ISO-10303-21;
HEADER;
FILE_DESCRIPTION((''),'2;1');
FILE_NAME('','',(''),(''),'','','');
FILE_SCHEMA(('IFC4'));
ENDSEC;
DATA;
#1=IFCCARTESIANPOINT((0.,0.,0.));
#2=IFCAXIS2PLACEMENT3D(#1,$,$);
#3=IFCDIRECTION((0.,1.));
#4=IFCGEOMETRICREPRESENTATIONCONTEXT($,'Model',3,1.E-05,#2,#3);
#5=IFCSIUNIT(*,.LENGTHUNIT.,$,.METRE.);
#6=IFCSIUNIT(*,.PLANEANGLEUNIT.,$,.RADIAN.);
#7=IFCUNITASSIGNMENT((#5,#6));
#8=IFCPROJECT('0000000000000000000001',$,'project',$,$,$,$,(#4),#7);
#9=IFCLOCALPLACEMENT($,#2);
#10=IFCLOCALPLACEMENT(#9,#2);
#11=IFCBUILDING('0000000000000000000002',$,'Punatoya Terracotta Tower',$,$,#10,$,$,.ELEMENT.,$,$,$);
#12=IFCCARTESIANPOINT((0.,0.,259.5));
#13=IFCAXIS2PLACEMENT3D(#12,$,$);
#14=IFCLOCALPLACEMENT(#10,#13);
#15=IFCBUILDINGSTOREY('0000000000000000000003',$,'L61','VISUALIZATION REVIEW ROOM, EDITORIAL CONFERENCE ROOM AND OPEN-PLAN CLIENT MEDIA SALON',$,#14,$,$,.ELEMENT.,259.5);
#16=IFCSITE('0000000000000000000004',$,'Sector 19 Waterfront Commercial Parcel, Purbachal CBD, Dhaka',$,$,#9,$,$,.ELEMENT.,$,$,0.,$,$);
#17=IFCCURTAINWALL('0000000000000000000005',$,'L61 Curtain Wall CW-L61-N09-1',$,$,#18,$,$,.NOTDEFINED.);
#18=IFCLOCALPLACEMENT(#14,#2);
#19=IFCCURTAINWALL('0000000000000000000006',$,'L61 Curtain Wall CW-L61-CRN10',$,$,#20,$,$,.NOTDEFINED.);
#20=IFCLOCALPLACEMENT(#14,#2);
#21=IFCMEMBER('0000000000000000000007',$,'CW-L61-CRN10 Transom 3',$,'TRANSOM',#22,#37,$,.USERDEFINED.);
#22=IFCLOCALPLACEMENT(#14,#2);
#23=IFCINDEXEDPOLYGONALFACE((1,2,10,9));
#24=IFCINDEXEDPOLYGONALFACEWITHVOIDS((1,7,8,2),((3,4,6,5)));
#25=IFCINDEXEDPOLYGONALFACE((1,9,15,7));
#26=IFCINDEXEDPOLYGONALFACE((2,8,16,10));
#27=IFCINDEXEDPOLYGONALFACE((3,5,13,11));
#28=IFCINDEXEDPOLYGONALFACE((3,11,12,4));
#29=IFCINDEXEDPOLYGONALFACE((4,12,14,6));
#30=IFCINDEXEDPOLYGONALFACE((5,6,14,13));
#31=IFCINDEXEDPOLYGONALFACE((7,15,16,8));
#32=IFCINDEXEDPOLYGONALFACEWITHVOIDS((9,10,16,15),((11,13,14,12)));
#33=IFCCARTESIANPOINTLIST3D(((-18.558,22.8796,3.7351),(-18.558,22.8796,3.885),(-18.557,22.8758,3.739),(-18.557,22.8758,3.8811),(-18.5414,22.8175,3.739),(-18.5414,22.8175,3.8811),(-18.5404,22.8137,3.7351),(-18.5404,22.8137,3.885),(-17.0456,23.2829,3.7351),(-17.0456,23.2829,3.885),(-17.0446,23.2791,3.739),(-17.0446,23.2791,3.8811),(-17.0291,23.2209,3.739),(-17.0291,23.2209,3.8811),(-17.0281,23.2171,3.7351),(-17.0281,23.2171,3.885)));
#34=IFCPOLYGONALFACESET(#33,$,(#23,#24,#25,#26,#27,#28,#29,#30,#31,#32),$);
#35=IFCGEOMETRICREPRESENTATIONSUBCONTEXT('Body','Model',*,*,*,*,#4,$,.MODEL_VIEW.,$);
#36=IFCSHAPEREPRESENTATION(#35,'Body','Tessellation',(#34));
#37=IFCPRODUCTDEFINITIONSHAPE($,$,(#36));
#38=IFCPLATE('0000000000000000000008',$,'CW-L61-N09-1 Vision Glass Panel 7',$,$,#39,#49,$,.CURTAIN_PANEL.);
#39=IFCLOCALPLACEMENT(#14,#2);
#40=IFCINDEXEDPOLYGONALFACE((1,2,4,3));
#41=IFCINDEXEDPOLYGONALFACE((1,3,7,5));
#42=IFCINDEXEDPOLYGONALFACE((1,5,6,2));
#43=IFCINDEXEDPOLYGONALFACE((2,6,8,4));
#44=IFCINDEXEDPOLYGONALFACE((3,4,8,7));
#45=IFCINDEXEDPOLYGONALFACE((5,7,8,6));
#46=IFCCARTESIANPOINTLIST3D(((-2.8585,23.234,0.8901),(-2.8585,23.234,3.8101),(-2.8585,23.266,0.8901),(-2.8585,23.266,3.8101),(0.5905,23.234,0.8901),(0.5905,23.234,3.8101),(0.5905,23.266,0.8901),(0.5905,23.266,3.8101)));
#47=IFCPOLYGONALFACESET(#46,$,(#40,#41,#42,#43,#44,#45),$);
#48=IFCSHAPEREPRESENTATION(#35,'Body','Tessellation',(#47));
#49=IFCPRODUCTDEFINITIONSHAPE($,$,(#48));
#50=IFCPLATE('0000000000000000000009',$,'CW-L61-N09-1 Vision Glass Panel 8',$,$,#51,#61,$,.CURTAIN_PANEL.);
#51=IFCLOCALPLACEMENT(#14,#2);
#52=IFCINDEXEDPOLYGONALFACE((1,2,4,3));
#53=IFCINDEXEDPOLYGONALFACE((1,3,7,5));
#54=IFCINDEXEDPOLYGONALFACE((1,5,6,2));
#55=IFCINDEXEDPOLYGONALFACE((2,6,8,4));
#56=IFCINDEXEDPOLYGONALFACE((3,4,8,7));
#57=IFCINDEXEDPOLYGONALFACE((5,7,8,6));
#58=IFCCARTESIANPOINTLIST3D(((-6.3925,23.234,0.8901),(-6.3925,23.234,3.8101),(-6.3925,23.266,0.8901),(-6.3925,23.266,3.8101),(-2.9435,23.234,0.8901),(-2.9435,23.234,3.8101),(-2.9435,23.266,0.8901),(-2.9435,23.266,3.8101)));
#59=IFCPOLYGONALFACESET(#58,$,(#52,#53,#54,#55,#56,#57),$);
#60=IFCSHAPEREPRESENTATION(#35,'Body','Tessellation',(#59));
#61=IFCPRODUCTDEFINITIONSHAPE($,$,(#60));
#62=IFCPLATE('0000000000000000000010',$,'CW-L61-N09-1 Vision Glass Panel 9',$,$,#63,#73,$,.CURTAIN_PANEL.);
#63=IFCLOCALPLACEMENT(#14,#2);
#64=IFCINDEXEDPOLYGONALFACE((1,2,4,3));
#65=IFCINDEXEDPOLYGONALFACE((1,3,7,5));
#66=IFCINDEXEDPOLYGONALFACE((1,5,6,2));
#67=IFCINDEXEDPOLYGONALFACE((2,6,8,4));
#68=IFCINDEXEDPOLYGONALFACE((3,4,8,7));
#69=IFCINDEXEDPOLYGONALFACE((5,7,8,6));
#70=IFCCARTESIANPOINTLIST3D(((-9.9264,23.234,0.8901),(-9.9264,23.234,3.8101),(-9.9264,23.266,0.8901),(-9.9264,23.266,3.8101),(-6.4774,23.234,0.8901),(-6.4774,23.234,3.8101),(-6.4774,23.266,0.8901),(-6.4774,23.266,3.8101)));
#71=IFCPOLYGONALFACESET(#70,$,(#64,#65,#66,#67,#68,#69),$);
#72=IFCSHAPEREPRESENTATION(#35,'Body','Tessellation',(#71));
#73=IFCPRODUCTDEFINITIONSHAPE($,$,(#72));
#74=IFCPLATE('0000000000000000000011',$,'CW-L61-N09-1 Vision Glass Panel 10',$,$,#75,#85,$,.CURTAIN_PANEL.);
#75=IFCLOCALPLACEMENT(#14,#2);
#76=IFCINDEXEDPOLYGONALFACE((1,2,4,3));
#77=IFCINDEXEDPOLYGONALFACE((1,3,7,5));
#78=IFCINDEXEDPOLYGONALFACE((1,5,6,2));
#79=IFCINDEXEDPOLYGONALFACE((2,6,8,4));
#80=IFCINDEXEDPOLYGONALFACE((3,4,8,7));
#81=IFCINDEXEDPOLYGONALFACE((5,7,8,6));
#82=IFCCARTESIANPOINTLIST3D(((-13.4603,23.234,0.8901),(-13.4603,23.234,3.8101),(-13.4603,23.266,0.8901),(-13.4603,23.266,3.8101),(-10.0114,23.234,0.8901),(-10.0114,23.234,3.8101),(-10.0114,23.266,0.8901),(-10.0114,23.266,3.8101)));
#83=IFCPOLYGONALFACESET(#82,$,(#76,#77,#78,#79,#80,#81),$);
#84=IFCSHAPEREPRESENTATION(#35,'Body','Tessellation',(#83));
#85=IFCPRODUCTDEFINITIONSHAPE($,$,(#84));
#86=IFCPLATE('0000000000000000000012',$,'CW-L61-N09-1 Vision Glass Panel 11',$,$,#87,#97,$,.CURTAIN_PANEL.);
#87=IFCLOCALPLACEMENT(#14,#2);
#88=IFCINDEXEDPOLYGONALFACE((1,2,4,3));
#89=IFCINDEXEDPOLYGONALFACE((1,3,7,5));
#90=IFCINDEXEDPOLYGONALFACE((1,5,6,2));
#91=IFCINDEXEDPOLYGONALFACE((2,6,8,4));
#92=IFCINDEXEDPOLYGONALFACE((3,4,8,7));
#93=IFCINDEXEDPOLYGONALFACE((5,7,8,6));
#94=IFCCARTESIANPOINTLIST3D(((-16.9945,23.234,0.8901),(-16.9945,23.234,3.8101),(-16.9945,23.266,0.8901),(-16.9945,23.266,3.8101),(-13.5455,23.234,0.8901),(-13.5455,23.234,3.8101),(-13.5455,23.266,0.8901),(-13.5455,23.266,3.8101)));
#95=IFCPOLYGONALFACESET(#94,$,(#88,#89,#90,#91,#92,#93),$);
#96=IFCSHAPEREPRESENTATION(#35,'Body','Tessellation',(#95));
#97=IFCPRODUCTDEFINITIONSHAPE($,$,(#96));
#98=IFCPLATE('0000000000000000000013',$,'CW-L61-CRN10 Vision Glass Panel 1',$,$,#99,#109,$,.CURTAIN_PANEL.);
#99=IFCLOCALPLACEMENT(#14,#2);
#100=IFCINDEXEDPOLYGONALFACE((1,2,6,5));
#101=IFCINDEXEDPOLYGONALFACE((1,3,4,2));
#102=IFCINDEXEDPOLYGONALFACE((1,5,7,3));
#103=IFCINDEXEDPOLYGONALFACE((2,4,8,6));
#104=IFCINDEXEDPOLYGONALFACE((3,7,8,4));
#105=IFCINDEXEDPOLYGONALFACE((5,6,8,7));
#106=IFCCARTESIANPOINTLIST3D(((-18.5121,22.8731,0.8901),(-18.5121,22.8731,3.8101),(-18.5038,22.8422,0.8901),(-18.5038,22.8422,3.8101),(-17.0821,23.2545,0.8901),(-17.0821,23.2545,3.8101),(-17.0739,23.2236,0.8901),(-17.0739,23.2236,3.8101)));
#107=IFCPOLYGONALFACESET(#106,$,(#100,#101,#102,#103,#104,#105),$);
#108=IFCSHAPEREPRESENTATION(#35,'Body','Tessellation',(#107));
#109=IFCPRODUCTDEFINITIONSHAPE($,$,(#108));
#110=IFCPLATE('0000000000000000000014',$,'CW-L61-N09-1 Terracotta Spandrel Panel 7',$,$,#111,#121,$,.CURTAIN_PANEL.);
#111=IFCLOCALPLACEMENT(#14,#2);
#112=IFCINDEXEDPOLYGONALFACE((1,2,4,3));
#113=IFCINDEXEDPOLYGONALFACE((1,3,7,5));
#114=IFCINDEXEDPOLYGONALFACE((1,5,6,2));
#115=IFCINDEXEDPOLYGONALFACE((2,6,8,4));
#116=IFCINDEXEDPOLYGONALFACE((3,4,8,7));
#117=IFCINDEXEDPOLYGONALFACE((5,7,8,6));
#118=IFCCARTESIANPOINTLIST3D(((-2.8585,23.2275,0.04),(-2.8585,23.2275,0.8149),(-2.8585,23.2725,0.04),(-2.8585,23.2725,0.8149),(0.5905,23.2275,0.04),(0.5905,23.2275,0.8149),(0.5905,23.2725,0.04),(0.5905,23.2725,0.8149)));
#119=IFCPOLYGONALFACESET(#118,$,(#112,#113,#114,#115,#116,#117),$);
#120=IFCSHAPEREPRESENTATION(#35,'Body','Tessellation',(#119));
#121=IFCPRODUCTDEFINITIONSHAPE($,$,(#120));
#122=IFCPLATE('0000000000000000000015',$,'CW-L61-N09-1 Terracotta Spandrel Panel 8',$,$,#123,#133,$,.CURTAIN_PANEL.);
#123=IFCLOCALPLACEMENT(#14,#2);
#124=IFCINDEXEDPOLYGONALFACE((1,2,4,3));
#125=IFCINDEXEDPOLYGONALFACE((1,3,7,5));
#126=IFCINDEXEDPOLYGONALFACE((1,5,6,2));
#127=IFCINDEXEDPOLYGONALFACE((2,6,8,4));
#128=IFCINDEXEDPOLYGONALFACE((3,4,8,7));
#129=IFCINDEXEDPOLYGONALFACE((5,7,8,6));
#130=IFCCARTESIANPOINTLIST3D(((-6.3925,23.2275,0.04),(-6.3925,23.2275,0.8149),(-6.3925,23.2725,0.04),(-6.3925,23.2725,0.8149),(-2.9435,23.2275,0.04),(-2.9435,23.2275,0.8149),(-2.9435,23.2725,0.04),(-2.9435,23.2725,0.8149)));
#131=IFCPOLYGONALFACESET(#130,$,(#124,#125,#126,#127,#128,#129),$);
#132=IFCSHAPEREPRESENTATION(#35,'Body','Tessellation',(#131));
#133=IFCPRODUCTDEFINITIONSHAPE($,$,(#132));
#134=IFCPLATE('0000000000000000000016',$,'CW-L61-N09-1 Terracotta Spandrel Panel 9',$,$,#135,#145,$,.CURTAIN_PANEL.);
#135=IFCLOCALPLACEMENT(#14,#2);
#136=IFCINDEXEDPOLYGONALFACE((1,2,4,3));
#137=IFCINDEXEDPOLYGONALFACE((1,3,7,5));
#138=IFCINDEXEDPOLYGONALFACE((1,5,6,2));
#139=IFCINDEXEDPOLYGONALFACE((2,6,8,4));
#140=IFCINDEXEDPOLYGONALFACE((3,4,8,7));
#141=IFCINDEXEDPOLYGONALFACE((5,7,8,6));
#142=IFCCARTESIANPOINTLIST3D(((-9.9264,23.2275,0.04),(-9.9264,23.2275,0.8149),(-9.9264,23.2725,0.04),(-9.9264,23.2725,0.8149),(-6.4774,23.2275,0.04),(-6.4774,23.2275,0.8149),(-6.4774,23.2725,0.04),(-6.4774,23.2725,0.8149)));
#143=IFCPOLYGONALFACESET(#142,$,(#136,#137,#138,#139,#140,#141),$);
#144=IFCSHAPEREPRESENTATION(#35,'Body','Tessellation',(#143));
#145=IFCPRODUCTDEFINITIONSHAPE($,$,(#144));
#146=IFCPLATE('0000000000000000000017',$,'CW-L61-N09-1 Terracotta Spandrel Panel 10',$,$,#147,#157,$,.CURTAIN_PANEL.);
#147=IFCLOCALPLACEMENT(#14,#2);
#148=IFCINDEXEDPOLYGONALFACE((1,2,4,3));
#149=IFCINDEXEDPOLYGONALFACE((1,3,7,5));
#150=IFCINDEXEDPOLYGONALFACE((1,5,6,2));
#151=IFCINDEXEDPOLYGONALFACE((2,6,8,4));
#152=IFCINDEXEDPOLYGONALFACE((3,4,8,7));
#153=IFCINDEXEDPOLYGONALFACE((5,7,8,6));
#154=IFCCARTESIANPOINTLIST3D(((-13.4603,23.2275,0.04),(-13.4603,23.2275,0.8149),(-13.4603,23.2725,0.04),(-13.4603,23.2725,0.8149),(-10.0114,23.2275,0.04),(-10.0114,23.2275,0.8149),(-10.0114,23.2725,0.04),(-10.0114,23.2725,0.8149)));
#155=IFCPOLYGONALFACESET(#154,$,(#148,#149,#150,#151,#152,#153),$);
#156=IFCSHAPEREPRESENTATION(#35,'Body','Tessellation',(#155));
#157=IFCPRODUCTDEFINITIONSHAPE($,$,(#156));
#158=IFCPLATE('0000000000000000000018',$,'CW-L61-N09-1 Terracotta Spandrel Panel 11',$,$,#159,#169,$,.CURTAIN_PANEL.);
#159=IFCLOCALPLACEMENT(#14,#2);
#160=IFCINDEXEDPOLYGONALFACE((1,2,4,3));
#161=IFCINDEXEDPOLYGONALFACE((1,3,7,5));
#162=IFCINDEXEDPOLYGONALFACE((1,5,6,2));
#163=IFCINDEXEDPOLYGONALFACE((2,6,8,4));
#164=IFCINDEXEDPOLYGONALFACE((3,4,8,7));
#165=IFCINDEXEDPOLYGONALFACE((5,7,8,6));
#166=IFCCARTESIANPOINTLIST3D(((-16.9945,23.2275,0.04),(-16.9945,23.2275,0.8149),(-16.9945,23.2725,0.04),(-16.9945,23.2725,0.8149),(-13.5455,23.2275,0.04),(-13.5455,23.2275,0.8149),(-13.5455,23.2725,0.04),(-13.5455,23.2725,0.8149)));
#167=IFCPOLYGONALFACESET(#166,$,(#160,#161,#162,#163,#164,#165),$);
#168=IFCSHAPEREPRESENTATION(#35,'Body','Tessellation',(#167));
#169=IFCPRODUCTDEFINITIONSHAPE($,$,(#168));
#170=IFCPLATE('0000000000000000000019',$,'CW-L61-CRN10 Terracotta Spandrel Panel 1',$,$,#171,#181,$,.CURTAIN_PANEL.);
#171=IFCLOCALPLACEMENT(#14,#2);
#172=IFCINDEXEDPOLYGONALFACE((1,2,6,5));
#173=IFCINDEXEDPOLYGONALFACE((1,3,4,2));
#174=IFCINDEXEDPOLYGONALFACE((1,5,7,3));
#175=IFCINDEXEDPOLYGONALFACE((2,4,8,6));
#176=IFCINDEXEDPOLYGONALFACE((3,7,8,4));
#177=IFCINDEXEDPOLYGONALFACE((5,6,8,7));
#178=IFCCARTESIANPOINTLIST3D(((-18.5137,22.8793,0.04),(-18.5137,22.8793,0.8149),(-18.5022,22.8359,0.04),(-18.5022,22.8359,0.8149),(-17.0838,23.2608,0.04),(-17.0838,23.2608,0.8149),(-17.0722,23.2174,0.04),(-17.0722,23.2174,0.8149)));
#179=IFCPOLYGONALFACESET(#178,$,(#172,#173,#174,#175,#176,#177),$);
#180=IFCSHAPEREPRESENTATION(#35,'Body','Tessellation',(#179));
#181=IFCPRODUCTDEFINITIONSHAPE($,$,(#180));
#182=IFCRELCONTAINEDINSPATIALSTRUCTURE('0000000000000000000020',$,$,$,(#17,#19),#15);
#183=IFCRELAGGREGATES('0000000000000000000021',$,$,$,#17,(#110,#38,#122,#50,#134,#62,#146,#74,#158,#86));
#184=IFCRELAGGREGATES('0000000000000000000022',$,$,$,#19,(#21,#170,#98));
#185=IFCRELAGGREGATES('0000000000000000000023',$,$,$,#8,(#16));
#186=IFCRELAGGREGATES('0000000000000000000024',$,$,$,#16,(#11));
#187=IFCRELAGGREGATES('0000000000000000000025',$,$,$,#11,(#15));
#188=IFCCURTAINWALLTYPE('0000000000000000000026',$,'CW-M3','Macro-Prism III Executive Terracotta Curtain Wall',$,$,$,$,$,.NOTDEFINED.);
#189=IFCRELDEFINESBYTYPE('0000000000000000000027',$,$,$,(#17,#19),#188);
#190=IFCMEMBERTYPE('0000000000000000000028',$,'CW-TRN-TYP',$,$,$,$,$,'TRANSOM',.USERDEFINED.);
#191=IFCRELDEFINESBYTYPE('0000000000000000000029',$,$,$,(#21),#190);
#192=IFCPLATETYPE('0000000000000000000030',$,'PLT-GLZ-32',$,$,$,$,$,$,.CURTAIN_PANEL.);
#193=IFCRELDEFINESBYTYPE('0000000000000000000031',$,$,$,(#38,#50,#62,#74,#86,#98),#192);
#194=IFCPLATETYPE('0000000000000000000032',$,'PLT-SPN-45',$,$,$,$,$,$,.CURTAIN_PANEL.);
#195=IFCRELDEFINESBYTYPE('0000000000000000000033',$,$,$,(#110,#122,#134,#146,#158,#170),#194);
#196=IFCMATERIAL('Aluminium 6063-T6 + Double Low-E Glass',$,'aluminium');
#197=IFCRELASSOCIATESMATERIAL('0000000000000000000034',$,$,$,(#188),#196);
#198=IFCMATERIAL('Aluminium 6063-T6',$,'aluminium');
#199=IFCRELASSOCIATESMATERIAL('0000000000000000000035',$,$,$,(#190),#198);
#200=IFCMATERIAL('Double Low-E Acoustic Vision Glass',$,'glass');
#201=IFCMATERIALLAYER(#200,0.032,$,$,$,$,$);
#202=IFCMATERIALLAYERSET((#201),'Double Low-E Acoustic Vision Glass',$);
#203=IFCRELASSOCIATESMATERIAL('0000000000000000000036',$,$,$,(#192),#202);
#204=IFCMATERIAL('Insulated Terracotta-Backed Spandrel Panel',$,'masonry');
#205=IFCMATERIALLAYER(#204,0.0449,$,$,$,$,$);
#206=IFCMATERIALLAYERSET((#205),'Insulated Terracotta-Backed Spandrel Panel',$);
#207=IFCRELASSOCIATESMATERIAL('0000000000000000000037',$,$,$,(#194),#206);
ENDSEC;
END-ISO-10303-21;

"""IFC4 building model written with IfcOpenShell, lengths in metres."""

from ifc_helpers import new_model, si_unit, direction, frame, origin, origin_2d, place, context, subcontext, project, spatial, rectangle, hollow_rectangle, extrude, material, layer, layer_set, material_profile, profile_set, type_object, element, aggregate, save


model = new_model("IFC4")

# Units and contexts
model_context = context("Model", 3, precision=1e-05, world=origin(), true_north=direction((0.0, 1.0)))
body_context = subcontext(model_context, "Body", "Model", "MODEL_VIEW")
ifc_project = project(units=[si_unit("LENGTHUNIT", "METRE"), si_unit("PLANEANGLEUNIT", "RADIAN")], contexts=[model_context])

# Site, building, storey
site_placement = place(None, origin())
site = spatial("IfcSite", under=ifc_project, at=site_placement, Name="Sector 19 Waterfront Commercial Parcel, Purbachal CBD, Dhaka", CompositionType="ELEMENT", RefElevation=0.0)
building_placement = place(site_placement, origin())
building = spatial("IfcBuilding", under=site, at=building_placement, Name="Punatoya Terracotta Tower", CompositionType="ELEMENT")
storey_placement = place(building_placement, frame((0.0, 0.0, 259.5)))
storey = spatial("IfcBuildingStorey", under=building, at=storey_placement, Name="L61", Description="VISUALIZATION REVIEW ROOM, EDITORIAL CONFERENCE ROOM AND OPEN-PLAN CLIENT MEDIA SALON", CompositionType="ELEMENT", Elevation=259.5)

# Curtain walls, member
ifc_material_1 = material(Name="Aluminium 6063-T6 + Double Low-E Glass", Category="aluminium")
curtain_wall_type = type_object("IfcCurtainWallType", Name="CW-M3", Description="Macro-Prism III Executive Terracotta Curtain Wall", PredefinedType="NOTDEFINED", material=ifc_material_1)
curtain_wall_1_placement = place(storey_placement, origin())
curtain_wall_1 = element("IfcCurtainWall", 1, at=curtain_wall_1_placement, inside=storey, type_object=curtain_wall_type, Name="L61 Curtain Wall CW-L61-N09-1", PredefinedType="NOTDEFINED")
ifc_material_2 = material(Name="Aluminium 6063-T6", Category="aluminium")
curtain_wall_2_placement = place(storey_placement, origin())
curtain_wall_2 = element("IfcCurtainWall", 2, at=curtain_wall_2_placement, inside=storey, type_object=curtain_wall_type, Name="L61 Curtain Wall CW-L61-CRN10", PredefinedType="NOTDEFINED")
ifc_material_profile_1 = material_profile(ifc_material_2, hollow_rectangle(XDim=0.0681, YDim=0.1499, WallThickness=0.0039, at=origin_2d()))
ifc_profile_set_1 = profile_set([ifc_material_profile_1], Name="Aluminium 6063-T6")
member_type_1 = type_object("IfcMemberType", Name="CW-TRN-TYP", ElementType="TRANSOM", PredefinedType="USERDEFINED", material=ifc_profile_set_1)
member_1_placement = place(storey_placement, frame((-17.0369, 23.25, 3.8101), z_axis=(-0.966225, -0.257701, 0.0), x_axis=(0.257701, -0.966225, 0.0)))
member_1 = element("IfcMember", 3, at=member_1_placement, type_object=member_type_1, Name="CW-L61-CRN10 Transom 3", ObjectType="TRANSOM", PredefinedType="USERDEFINED", context=body_context, shape_type="SweptSolid", body=[
    extrude(hollow_rectangle(XDim=0.0681, YDim=0.1499, WallThickness=0.0039, at=origin_2d()), origin(), (0.0, 0.0, 1.0), 1.5652),
])

# Plates
ifc_material_3 = material(Name="Double Low-E Acoustic Vision Glass", Category="glass")
ifc_layer_1 = layer(ifc_material_3, 0.032)
ifc_layer_set_1 = layer_set([ifc_layer_1], Name="Double Low-E Acoustic Vision Glass")
plate_type_1 = type_object("IfcPlateType", Name="PLT-GLZ-32", PredefinedType="CURTAIN_PANEL", material=ifc_layer_set_1)
plate_1_placement = place(storey_placement, frame((-1.134, 23.25, 0.8901), z_axis=(0.0, 0.0, 1.0), x_axis=(-1.0, 0.0, 0.0)))
plate_1 = element("IfcPlate", 4, at=plate_1_placement, type_object=plate_type_1, Name="CW-L61-N09-1 Vision Glass Panel 7", PredefinedType="CURTAIN_PANEL", context=body_context, shape_type="SweptSolid", body=[
    extrude(rectangle(XDim=3.449, YDim=0.032, at=origin_2d()), origin(), (0.0, 0.0, 1.0), 2.9199),
])
plate_2_placement = place(storey_placement, frame((-4.668, 23.25, 0.8901), z_axis=(0.0, 0.0, 1.0), x_axis=(-1.0, 0.0, 0.0)))
plate_2 = element("IfcPlate", 5, at=plate_2_placement, type_object=plate_type_1, Name="CW-L61-N09-1 Vision Glass Panel 8", PredefinedType="CURTAIN_PANEL", context=body_context, shape_type="SweptSolid", body=[
    extrude(rectangle(XDim=3.449, YDim=0.032, at=origin_2d()), origin(), (0.0, 0.0, 1.0), 2.9199),
])
plate_3_placement = place(storey_placement, frame((-8.2019, 23.25, 0.8901), z_axis=(0.0, 0.0, 1.0), x_axis=(-1.0, 0.0, 0.0)))
plate_3 = element("IfcPlate", 6, at=plate_3_placement, type_object=plate_type_1, Name="CW-L61-N09-1 Vision Glass Panel 9", PredefinedType="CURTAIN_PANEL", context=body_context, shape_type="SweptSolid", body=[
    extrude(rectangle(XDim=3.449, YDim=0.032, at=origin_2d()), origin(), (0.0, 0.0, 1.0), 2.9199),
])
plate_4_placement = place(storey_placement, frame((-11.7358, 23.25, 0.8901), z_axis=(0.0, 0.0, 1.0), x_axis=(-1.0, 0.0, 0.0)))
plate_4 = element("IfcPlate", 7, at=plate_4_placement, type_object=plate_type_1, Name="CW-L61-N09-1 Vision Glass Panel 10", PredefinedType="CURTAIN_PANEL", context=body_context, shape_type="SweptSolid", body=[
    extrude(rectangle(XDim=3.449, YDim=0.032, at=origin_2d()), origin(), (0.0, 0.0, 1.0), 2.9199),
])
plate_5_placement = place(storey_placement, frame((-15.27, 23.25, 0.8901), z_axis=(0.0, 0.0, 1.0), x_axis=(-1.0, 0.0, 0.0)))
plate_5 = element("IfcPlate", 8, at=plate_5_placement, type_object=plate_type_1, Name="CW-L61-N09-1 Vision Glass Panel 11", PredefinedType="CURTAIN_PANEL", context=body_context, shape_type="SweptSolid", body=[
    extrude(rectangle(XDim=3.449, YDim=0.032, at=origin_2d()), origin(), (0.0, 0.0, 1.0), 2.9199),
])
plate_6_placement = place(storey_placement, frame((-17.793, 23.0483, 0.8901), z_axis=(0.0, 0.0, 1.0), x_axis=(-0.966214, -0.257742, 0.0)))
plate_6 = element("IfcPlate", 9, at=plate_6_placement, type_object=plate_type_1, Name="CW-L61-CRN10 Vision Glass Panel 1", PredefinedType="CURTAIN_PANEL", context=body_context, shape_type="SweptSolid", body=[
    extrude(rectangle(XDim=1.48, YDim=0.032, at=origin_2d()), origin(), (0.0, 0.0, 1.0), 2.9199),
])
ifc_material_4 = material(Name="Insulated Terracotta-Backed Spandrel Panel", Category="masonry")
ifc_layer_2 = layer(ifc_material_4, 0.0449)
ifc_layer_set_2 = layer_set([ifc_layer_2], Name="Insulated Terracotta-Backed Spandrel Panel")
plate_type_2 = type_object("IfcPlateType", Name="PLT-SPN-45", PredefinedType="CURTAIN_PANEL", material=ifc_layer_set_2)
plate_7_placement = place(storey_placement, frame((-1.134, 23.25, 0.04), z_axis=(0.0, 0.0, 1.0), x_axis=(-1.0, 0.0, 0.0)))
plate_7 = element("IfcPlate", 10, at=plate_7_placement, type_object=plate_type_2, Name="CW-L61-N09-1 Terracotta Spandrel Panel 7", PredefinedType="CURTAIN_PANEL", context=body_context, shape_type="SweptSolid", body=[
    extrude(rectangle(XDim=3.449, YDim=0.0449, at=origin_2d()), origin(), (0.0, 0.0, 1.0), 0.7749),
])
plate_8_placement = place(storey_placement, frame((-4.668, 23.25, 0.04), z_axis=(0.0, 0.0, 1.0), x_axis=(-1.0, 0.0, 0.0)))
plate_8 = element("IfcPlate", 11, at=plate_8_placement, type_object=plate_type_2, Name="CW-L61-N09-1 Terracotta Spandrel Panel 8", PredefinedType="CURTAIN_PANEL", context=body_context, shape_type="SweptSolid", body=[
    extrude(rectangle(XDim=3.449, YDim=0.0449, at=origin_2d()), origin(), (0.0, 0.0, 1.0), 0.7749),
])
plate_9_placement = place(storey_placement, frame((-8.2019, 23.25, 0.04), z_axis=(0.0, 0.0, 1.0), x_axis=(-1.0, 0.0, 0.0)))
plate_9 = element("IfcPlate", 12, at=plate_9_placement, type_object=plate_type_2, Name="CW-L61-N09-1 Terracotta Spandrel Panel 9", PredefinedType="CURTAIN_PANEL", context=body_context, shape_type="SweptSolid", body=[
    extrude(rectangle(XDim=3.449, YDim=0.0449, at=origin_2d()), origin(), (0.0, 0.0, 1.0), 0.7749),
])
plate_10_placement = place(storey_placement, frame((-11.7358, 23.25, 0.04), z_axis=(0.0, 0.0, 1.0), x_axis=(-1.0, 0.0, 0.0)))
plate_10 = element("IfcPlate", 13, at=plate_10_placement, type_object=plate_type_2, Name="CW-L61-N09-1 Terracotta Spandrel Panel 10", PredefinedType="CURTAIN_PANEL", context=body_context, shape_type="SweptSolid", body=[
    extrude(rectangle(XDim=3.449, YDim=0.0449, at=origin_2d()), origin(), (0.0, 0.0, 1.0), 0.7749),
])
plate_11_placement = place(storey_placement, frame((-15.27, 23.25, 0.04), z_axis=(0.0, 0.0, 1.0), x_axis=(-1.0, 0.0, 0.0)))
plate_11 = element("IfcPlate", 14, at=plate_11_placement, type_object=plate_type_2, Name="CW-L61-N09-1 Terracotta Spandrel Panel 11", PredefinedType="CURTAIN_PANEL", context=body_context, shape_type="SweptSolid", body=[
    extrude(rectangle(XDim=3.449, YDim=0.0449, at=origin_2d()), origin(), (0.0, 0.0, 1.0), 0.7749),
])
aggregate(curtain_wall_1, [plate_7, plate_1, plate_8, plate_2, plate_9, plate_3, plate_10, plate_4, plate_11, plate_5])
plate_12_placement = place(storey_placement, frame((-17.793, 23.0483, 0.04), z_axis=(0.0, 0.0, 1.0), x_axis=(-0.966214, -0.257742, 0.0)))
plate_12 = element("IfcPlate", 15, at=plate_12_placement, type_object=plate_type_2, Name="CW-L61-CRN10 Terracotta Spandrel Panel 1", PredefinedType="CURTAIN_PANEL", context=body_context, shape_type="SweptSolid", body=[
    extrude(rectangle(XDim=1.48, YDim=0.0449, at=origin_2d()), origin(), (0.0, 0.0, 1.0), 0.7749),
])
aggregate(curtain_wall_2, [member_1, plate_12, plate_6])

save(model, "model.ifc")
